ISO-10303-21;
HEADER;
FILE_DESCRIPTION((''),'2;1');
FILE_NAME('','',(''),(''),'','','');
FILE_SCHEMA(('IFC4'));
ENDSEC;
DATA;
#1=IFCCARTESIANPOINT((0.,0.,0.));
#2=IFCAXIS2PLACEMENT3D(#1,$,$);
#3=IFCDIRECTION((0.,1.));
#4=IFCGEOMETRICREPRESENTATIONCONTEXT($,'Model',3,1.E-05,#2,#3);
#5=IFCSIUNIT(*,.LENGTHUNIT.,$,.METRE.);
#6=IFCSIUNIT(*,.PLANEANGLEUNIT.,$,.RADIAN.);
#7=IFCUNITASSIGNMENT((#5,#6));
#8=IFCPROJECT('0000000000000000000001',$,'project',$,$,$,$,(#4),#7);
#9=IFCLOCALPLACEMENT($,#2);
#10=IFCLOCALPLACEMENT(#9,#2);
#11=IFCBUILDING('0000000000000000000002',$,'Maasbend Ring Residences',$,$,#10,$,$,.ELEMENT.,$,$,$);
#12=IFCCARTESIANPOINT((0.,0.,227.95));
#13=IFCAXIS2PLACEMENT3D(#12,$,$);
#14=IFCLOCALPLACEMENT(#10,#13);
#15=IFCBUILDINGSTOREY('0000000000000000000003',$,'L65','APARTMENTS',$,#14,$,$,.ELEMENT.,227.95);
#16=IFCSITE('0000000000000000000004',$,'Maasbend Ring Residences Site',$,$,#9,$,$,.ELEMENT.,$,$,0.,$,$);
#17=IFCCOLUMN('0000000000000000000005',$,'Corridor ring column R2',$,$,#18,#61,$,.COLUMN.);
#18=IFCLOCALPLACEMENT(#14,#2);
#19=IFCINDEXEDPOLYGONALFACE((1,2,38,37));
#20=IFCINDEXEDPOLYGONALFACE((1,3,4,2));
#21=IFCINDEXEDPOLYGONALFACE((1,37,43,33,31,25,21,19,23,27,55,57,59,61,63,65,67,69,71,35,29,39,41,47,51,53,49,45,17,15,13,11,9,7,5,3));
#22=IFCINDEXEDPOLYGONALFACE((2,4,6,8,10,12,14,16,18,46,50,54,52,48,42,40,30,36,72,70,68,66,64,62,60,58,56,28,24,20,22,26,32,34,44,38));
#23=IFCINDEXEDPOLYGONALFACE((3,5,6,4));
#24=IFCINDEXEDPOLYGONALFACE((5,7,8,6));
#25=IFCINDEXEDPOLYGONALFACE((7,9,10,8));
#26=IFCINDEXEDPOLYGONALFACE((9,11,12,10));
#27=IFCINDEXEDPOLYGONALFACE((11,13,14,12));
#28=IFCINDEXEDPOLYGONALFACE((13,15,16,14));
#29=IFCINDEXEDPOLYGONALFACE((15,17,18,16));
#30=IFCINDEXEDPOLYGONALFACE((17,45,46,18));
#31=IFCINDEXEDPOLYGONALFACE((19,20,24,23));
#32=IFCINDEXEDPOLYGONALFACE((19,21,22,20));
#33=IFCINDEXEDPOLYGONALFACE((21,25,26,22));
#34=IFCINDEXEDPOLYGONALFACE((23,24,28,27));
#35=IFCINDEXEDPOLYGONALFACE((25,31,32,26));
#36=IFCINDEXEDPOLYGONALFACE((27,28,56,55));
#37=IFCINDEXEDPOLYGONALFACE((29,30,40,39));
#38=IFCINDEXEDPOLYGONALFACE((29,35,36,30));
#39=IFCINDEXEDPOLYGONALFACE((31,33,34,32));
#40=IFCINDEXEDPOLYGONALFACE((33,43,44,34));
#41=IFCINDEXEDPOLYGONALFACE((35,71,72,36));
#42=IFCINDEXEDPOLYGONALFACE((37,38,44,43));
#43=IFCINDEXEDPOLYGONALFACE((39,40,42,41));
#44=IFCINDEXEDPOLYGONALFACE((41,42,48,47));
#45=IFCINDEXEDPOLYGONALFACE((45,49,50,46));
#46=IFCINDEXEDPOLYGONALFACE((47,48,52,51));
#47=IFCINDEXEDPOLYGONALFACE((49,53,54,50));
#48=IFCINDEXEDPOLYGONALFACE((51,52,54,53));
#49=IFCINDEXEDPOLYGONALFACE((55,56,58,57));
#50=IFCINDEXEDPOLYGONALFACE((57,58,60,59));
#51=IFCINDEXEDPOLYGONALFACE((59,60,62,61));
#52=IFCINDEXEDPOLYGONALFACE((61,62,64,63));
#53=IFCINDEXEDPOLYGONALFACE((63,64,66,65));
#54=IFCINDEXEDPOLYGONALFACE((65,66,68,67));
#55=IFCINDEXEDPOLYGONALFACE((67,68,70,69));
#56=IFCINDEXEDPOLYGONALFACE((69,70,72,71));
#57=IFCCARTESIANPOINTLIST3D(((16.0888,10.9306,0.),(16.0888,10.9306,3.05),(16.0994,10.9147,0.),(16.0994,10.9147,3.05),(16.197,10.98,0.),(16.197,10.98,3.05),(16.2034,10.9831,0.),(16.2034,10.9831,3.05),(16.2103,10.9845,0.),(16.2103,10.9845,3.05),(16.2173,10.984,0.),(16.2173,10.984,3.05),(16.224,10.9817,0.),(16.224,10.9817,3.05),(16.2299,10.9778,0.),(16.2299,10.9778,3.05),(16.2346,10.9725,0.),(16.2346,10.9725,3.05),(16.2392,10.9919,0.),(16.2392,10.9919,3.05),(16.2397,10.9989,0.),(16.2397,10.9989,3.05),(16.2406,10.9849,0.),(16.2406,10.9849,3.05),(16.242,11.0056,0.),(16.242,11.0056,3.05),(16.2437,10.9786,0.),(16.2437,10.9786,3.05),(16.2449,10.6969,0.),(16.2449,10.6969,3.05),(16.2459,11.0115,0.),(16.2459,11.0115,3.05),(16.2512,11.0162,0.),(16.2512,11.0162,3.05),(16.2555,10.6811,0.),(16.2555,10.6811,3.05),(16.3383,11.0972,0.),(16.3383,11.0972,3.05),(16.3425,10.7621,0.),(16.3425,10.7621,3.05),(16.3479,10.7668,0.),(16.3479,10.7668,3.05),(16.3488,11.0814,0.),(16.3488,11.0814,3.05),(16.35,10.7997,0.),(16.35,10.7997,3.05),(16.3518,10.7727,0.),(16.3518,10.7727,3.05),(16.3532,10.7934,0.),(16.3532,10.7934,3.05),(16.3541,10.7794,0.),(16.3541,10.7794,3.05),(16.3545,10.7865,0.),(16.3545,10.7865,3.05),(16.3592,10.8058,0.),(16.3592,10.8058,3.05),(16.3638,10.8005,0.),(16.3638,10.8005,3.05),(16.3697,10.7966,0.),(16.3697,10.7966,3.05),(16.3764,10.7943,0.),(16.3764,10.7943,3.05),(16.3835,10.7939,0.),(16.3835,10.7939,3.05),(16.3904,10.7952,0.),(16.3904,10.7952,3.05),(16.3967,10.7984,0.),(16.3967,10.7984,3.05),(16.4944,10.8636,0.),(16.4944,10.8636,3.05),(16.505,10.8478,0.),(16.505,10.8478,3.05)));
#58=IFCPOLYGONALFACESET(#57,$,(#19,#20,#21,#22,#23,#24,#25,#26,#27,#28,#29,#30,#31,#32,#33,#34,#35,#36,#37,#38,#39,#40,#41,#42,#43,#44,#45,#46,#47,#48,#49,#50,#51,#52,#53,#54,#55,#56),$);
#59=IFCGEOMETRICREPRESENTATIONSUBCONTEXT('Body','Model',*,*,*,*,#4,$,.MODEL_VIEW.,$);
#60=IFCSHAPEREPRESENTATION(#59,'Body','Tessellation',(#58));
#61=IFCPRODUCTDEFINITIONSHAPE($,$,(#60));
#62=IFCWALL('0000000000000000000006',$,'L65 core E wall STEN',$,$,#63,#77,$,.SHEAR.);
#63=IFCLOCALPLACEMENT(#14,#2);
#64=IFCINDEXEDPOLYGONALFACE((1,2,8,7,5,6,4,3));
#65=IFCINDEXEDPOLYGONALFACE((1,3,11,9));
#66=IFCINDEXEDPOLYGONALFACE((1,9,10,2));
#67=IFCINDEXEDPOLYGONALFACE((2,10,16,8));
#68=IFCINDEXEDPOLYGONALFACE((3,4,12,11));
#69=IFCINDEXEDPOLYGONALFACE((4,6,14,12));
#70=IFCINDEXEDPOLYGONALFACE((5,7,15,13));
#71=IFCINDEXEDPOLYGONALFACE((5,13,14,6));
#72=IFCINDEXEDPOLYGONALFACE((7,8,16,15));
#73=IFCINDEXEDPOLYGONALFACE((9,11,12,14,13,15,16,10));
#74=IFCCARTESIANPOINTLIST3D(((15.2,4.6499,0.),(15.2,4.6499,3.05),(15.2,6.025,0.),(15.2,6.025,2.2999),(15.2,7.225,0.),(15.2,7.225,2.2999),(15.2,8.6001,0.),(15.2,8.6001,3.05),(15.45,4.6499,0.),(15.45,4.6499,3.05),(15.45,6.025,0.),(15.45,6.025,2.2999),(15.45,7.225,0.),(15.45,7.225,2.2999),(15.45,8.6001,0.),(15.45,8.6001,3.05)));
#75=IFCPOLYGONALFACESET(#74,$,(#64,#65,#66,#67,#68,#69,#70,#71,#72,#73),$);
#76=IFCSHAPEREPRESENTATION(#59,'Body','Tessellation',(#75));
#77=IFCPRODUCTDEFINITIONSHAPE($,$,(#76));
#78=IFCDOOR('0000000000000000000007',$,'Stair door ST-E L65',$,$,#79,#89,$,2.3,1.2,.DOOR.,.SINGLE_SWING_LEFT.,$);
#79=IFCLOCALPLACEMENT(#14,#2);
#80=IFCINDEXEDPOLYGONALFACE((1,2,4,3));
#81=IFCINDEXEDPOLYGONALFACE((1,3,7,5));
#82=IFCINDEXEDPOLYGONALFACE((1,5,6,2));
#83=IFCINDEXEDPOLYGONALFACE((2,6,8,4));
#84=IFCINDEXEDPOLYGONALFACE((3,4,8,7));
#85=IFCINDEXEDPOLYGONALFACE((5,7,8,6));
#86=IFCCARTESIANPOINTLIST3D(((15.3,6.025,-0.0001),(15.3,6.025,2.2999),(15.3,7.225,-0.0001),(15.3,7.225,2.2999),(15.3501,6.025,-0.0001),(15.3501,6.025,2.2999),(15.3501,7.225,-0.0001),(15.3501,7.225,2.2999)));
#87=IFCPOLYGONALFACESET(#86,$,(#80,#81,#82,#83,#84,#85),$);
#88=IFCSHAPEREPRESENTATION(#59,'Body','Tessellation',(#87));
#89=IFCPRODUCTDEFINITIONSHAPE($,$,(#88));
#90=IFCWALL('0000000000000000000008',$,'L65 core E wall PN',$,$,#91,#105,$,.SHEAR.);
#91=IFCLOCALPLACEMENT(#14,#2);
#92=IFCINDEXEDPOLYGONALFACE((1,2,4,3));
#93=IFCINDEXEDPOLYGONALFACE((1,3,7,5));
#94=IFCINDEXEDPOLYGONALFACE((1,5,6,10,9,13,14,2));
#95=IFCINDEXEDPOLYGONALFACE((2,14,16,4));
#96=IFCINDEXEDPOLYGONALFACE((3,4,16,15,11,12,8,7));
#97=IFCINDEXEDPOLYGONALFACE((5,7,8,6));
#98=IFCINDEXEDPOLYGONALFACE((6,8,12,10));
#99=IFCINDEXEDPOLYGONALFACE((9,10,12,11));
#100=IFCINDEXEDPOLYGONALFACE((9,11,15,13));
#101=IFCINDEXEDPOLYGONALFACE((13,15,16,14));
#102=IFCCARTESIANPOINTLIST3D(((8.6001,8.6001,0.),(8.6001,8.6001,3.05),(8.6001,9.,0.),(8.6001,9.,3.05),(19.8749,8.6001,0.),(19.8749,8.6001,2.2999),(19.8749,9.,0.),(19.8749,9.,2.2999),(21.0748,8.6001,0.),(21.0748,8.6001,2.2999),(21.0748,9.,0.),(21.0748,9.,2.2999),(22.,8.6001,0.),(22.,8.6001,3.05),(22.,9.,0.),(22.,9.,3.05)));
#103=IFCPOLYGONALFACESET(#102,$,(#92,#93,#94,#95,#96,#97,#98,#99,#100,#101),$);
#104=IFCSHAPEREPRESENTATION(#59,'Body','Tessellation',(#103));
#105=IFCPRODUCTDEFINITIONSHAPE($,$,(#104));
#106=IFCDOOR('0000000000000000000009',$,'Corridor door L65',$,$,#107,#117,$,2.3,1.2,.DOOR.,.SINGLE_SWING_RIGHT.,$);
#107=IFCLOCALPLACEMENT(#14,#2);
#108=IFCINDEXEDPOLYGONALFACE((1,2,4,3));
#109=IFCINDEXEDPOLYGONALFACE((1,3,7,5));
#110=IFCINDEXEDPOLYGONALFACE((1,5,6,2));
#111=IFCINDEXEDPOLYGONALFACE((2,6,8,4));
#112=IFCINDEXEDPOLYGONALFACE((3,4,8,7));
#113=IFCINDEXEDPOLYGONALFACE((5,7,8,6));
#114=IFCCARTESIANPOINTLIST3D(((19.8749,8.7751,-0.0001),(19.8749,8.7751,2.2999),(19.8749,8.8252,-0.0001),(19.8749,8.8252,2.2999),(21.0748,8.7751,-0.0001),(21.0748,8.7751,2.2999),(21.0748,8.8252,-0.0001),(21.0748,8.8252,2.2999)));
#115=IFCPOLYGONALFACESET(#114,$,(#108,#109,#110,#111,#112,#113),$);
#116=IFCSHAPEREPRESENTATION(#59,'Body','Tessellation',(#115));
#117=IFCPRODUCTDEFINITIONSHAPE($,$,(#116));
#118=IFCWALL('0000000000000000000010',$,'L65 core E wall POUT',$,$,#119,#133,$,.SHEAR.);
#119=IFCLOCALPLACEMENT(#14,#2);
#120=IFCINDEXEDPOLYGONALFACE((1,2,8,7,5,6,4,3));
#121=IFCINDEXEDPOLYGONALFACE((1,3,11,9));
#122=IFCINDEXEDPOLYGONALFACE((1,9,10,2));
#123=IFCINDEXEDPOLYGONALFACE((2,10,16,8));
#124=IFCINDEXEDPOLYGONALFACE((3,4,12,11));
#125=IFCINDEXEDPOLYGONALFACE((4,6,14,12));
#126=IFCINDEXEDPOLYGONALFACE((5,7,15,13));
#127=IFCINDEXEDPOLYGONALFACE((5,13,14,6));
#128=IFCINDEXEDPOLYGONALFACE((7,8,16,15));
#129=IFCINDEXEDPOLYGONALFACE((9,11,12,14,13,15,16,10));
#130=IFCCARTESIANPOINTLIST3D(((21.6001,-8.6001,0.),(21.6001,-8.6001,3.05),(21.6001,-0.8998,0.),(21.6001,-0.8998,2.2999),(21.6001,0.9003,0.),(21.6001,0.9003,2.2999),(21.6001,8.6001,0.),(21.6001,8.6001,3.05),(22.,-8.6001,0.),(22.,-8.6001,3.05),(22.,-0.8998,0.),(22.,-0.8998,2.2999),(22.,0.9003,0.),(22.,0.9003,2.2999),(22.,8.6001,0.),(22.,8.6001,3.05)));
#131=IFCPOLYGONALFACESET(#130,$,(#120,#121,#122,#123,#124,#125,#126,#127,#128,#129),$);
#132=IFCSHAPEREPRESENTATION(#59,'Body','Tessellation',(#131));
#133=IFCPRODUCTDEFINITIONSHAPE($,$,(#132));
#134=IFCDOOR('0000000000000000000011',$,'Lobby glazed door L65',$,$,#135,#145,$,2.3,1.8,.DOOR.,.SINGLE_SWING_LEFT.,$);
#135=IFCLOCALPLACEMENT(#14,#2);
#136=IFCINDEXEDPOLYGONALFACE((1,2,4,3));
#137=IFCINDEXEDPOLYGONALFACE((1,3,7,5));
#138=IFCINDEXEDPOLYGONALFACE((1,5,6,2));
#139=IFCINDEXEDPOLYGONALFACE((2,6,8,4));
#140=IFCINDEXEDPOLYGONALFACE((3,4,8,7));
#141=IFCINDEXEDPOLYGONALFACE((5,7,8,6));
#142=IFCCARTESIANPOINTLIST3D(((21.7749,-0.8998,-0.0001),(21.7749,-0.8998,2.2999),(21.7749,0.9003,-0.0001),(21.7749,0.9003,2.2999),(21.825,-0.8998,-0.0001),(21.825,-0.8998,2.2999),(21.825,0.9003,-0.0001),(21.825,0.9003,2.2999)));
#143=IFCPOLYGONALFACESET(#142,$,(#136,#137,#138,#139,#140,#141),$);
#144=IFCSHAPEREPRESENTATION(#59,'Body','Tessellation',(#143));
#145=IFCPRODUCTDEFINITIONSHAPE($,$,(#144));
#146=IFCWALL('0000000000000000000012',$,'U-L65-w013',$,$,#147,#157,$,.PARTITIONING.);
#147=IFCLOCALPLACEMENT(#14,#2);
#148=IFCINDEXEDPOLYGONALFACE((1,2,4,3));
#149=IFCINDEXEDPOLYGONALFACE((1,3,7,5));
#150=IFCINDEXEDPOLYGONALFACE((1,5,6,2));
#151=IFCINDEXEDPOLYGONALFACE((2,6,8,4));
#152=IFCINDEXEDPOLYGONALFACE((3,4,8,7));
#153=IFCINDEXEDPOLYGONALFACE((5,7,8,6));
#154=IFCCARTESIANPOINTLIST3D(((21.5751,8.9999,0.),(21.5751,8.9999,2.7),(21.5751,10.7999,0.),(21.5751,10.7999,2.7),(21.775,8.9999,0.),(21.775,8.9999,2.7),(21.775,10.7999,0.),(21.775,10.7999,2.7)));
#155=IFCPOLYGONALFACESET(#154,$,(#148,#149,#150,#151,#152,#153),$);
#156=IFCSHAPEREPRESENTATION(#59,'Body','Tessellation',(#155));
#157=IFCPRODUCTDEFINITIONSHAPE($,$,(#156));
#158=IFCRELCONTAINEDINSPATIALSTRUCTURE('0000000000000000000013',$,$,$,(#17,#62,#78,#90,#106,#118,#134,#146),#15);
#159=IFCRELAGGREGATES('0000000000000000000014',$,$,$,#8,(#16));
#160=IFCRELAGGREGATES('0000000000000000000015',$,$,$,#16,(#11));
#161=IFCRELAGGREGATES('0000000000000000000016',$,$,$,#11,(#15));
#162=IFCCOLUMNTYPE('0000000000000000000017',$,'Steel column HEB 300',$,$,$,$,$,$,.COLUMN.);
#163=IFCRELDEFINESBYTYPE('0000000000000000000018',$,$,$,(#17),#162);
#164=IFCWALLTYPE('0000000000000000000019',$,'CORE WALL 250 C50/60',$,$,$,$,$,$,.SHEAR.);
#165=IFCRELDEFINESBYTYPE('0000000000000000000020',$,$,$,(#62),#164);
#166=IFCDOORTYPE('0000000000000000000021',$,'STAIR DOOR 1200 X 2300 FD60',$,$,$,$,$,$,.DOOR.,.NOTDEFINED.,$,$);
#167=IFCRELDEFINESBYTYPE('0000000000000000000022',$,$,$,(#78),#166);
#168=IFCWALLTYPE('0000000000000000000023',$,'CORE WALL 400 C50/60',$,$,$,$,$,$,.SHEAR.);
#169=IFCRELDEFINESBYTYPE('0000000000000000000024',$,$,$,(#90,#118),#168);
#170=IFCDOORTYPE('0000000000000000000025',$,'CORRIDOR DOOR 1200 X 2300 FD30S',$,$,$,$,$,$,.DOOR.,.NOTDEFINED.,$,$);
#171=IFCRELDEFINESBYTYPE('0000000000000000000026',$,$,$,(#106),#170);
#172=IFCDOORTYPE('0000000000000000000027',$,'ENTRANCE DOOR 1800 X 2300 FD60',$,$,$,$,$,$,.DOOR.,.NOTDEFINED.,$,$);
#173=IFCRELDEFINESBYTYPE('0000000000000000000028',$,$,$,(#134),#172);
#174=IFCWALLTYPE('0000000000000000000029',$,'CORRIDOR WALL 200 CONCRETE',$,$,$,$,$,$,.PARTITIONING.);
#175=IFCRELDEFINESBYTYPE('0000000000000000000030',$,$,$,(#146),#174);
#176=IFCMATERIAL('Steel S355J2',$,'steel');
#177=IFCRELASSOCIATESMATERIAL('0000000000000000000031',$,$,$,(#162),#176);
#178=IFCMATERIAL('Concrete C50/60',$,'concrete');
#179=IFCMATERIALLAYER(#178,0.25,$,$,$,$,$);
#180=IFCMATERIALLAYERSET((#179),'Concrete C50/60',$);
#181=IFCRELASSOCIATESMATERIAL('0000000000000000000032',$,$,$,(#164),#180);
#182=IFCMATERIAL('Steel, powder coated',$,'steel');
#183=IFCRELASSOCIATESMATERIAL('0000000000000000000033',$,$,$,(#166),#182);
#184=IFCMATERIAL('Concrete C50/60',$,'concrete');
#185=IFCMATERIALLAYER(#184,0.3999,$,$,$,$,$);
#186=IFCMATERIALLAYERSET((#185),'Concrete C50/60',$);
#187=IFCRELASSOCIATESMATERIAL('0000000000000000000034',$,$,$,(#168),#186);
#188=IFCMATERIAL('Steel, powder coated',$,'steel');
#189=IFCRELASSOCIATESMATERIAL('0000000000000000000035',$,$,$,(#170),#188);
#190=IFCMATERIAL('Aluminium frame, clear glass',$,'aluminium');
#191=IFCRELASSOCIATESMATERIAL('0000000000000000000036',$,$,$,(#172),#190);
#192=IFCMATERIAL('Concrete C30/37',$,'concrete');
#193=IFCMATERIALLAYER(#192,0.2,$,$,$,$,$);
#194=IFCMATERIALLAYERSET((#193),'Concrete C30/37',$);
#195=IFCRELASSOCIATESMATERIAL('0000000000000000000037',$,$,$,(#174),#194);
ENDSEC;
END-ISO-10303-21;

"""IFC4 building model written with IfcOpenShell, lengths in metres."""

from ifc_helpers import new_model, si_unit, direction, frame, frame_2d, origin, origin_2d, place, context, subcontext, project, spatial, rectangle, i_section, extrude, material, layer, layer_set, material_profile, profile_set, type_object, element, fill, save


model = new_model("IFC4")

# Units and contexts
model_context = context("Model", 3, precision=1e-05, world=origin(), true_north=direction((0.0, 1.0)))
body_context = subcontext(model_context, "Body", "Model", "MODEL_VIEW")
ifc_project = project(units=[si_unit("LENGTHUNIT", "METRE"), si_unit("PLANEANGLEUNIT", "RADIAN")], contexts=[model_context])

# Site, building, storey
site_placement = place(None, origin())
site = spatial("IfcSite", under=ifc_project, at=site_placement, Name="Maasbend Ring Residences Site", CompositionType="ELEMENT", RefElevation=0.0)
building_placement = place(site_placement, origin())
building = spatial("IfcBuilding", under=site, at=building_placement, Name="Maasbend Ring Residences", CompositionType="ELEMENT")
storey_placement = place(building_placement, frame((0.0, 0.0, 227.95)))
storey = spatial("IfcBuildingStorey", under=building, at=storey_placement, Name="L65", Description="APARTMENTS", CompositionType="ELEMENT", Elevation=227.95)

# Column
ifc_material_1 = material(Name="Steel S355J2", Category="steel")
ifc_material_profile = material_profile(ifc_material_1, i_section(OverallWidth=0.3, OverallDepth=0.3, WebThickness=0.011, FlangeThickness=0.019, FilletRadius=0.0271, at=origin_2d()), Name="HEB 300")
ifc_profile_set = profile_set([ifc_material_profile], Name="Steel S355J2")
column_type = type_object("IfcColumnType", Name="Steel column HEB 300", PredefinedType="COLUMN", material=ifc_profile_set)
column_placement = place(storey_placement, frame((16.2969, 10.8892, 0.0), z_axis=(0.0, 0.0, 1.0), x_axis=(0.83147, 0.55557, 0.0)))
element("IfcColumn", 1, at=column_placement, inside=storey, type_object=column_type, Name="Corridor ring column R2", PredefinedType="COLUMN", context=body_context, shape_type="SweptSolid", body=[
    extrude(i_section(OverallWidth=0.3, OverallDepth=0.3, WebThickness=0.011, FlangeThickness=0.019, FilletRadius=0.0271, at=origin_2d()), origin(), (0.0, 0.0, 1.0), 3.05),
])

# Walls, openings, doors
ifc_material_2 = material(Name="Concrete C50/60", Category="concrete")
ifc_layer_1 = layer(ifc_material_2, 0.25)
ifc_layer_set_1 = layer_set([ifc_layer_1], Name="Concrete C50/60")
wall_type_1 = type_object("IfcWallType", Name="CORE WALL 250 C50/60", PredefinedType="SHEAR", material=ifc_layer_set_1)
wall_1_placement = place(storey_placement, frame((15.325, 4.6499, 0.0), z_axis=(0.0, 0.0, 1.0), x_axis=(0.0, 1.0, 0.0)))
wall_1 = element("IfcWall", 2, at=wall_1_placement, inside=storey, type_object=wall_type_1, Name="L65 core E wall STEN", PredefinedType="SHEAR", context=body_context, shape_type="SweptSolid", body=[
    extrude(rectangle(XDim=3.9502, YDim=0.25, at=frame_2d((1.9751, 0.0))), origin(), (0.0, 0.0, 1.0), 3.05),
])
opening_1_placement = place(wall_1_placement, frame((1.375, 0.0, 0.0)))
opening_1 = element("IfcOpeningElement", 3, at=opening_1_placement, cuts=wall_1, PredefinedType="OPENING", context=body_context, shape_type="SweptSolid", body=[
    extrude(rectangle(XDim=1.2, YDim=2.3, at=frame_2d((0.6001, 1.1499))), frame((0.0, 0.135, 0.0), z_axis=(0.0, -1.0, 0.0), x_axis=(1.0, 0.0, 0.0)), (0.0, 0.0, 1.0), 0.27),
])
ifc_material_3 = material(Name="Steel, powder coated", Category="steel")
door_type_1 = type_object("IfcDoorType", Name="STAIR DOOR 1200 X 2300 FD60", OperationType="NOTDEFINED", PredefinedType="DOOR", material=ifc_material_3)
door_1_placement = place(opening_1_placement, origin())
door_1 = element("IfcDoor", 4, at=door_1_placement, inside=storey, type_object=door_type_1, Name="Stair door ST-E L65", OperationType="SINGLE_SWING_LEFT", OverallHeight=2.3, OverallWidth=1.2, PredefinedType="DOOR", context=body_context, shape_type="SweptSolid", body=[
    extrude(rectangle(XDim=1.2, YDim=2.3, at=frame_2d((0.6001, 1.1499))), frame((0.0, 0.0249, 0.0), z_axis=(0.0, -1.0, 0.0), x_axis=(1.0, 0.0, 0.0)), (0.0, 0.0, 1.0), 0.05),
])
fill(opening_1, door_1)
ifc_material_4 = material(Name="Concrete C50/60", Category="concrete")
ifc_layer_2 = layer(ifc_material_4, 0.3999)
ifc_layer_set_2 = layer_set([ifc_layer_2], Name="Concrete C50/60")
wall_type_2 = type_object("IfcWallType", Name="CORE WALL 400 C50/60", PredefinedType="SHEAR", material=ifc_layer_set_2)
wall_2_placement = place(storey_placement, frame((22.0, 8.8, 0.0), z_axis=(0.0, 0.0, 1.0), x_axis=(-1.0, 0.0, 0.0)))
wall_2 = element("IfcWall", 5, at=wall_2_placement, inside=storey, type_object=wall_type_2, Name="L65 core E wall PN", PredefinedType="SHEAR", context=body_context, shape_type="SweptSolid", body=[
    extrude(rectangle(XDim=13.3999, YDim=0.3999, at=frame_2d((6.7, 0.0))), origin(), (0.0, 0.0, 1.0), 3.05),
])
opening_2_placement = place(wall_2_placement, frame((0.925, 0.0, 0.0)))
opening_2 = element("IfcOpeningElement", 6, at=opening_2_placement, cuts=wall_2, PredefinedType="OPENING", context=body_context, shape_type="SweptSolid", body=[
    extrude(rectangle(XDim=1.2, YDim=2.3, at=frame_2d((0.6001, 1.1499))), frame((0.0, 0.21, 0.0), z_axis=(0.0, -1.0, 0.0), x_axis=(1.0, 0.0, 0.0)), (0.0, 0.0, 1.0), 0.4199),
])
ifc_material_5 = material(Name="Steel, powder coated", Category="steel")
door_type_2 = type_object("IfcDoorType", Name="CORRIDOR DOOR 1200 X 2300 FD30S", OperationType="NOTDEFINED", PredefinedType="DOOR", material=ifc_material_5)
door_2_placement = place(opening_2_placement, origin())
door_2 = element("IfcDoor", 7, at=door_2_placement, inside=storey, type_object=door_type_2, Name="Corridor door L65", OperationType="SINGLE_SWING_RIGHT", OverallHeight=2.3, OverallWidth=1.2, PredefinedType="DOOR", context=body_context, shape_type="SweptSolid", body=[
    extrude(rectangle(XDim=1.2, YDim=2.3, at=frame_2d((0.6001, 1.1499))), frame((0.0, 0.0249, 0.0), z_axis=(0.0, -1.0, 0.0), x_axis=(1.0, 0.0, 0.0)), (0.0, 0.0, 1.0), 0.05),
])
fill(opening_2, door_2)
wall_3_placement = place(storey_placement, frame((21.8, 8.6001, 0.0), z_axis=(0.0, 0.0, 1.0), x_axis=(0.0, -1.0, 0.0)))
wall_3 = element("IfcWall", 8, at=wall_3_placement, inside=storey, type_object=wall_type_2, Name="L65 core E wall POUT", PredefinedType="SHEAR", context=body_context, shape_type="SweptSolid", body=[
    extrude(rectangle(XDim=17.2002, YDim=0.3999, at=frame_2d((8.6001, 0.0))), origin(), (0.0, 0.0, 1.0), 3.05),
])
opening_3_placement = place(wall_3_placement, frame((7.7, 0.0, 0.0)))
opening_3 = element("IfcOpeningElement", 9, at=opening_3_placement, cuts=wall_3, PredefinedType="OPENING", context=body_context, shape_type="SweptSolid", body=[
    extrude(rectangle(XDim=1.8, YDim=2.3, at=frame_2d((0.8999, 1.1499))), frame((0.0, 0.21, 0.0), z_axis=(0.0, -1.0, 0.0), x_axis=(1.0, 0.0, 0.0)), (0.0, 0.0, 1.0), 0.4199),
])
ifc_material_6 = material(Name="Aluminium frame, clear glass", Category="aluminium")
door_type_3 = type_object("IfcDoorType", Name="ENTRANCE DOOR 1800 X 2300 FD60", OperationType="NOTDEFINED", PredefinedType="DOOR", material=ifc_material_6)
door_3_placement = place(opening_3_placement, origin())
door_3 = element("IfcDoor", 10, at=door_3_placement, inside=storey, type_object=door_type_3, Name="Lobby glazed door L65", OperationType="SINGLE_SWING_LEFT", OverallHeight=2.3, OverallWidth=1.8, PredefinedType="DOOR", context=body_context, shape_type="SweptSolid", body=[
    extrude(rectangle(XDim=1.8, YDim=2.3, at=frame_2d((0.8999, 1.1499))), frame((0.0, 0.0249, 0.0), z_axis=(0.0, -1.0, 0.0), x_axis=(1.0, 0.0, 0.0)), (0.0, 0.0, 1.0), 0.05),
])
fill(opening_3, door_3)

# Wall
ifc_material_7 = material(Name="Concrete C30/37", Category="concrete")
ifc_layer_3 = layer(ifc_material_7, 0.2)
ifc_layer_set_3 = layer_set([ifc_layer_3], Name="Concrete C30/37")
wall_type_3 = type_object("IfcWallType", Name="CORRIDOR WALL 200 CONCRETE", PredefinedType="PARTITIONING", material=ifc_layer_set_3)
wall_4_placement = place(storey_placement, frame((21.675, 9.0, 0.0), z_axis=(0.0, 0.0, 1.0), x_axis=(0.0, 1.0, 0.0)))
element("IfcWall", 11, at=wall_4_placement, inside=storey, type_object=wall_type_3, Name="U-L65-w013", PredefinedType="PARTITIONING", context=body_context, shape_type="SweptSolid", body=[
    extrude(rectangle(XDim=1.8, YDim=0.2, at=frame_2d((0.8999, 0.0))), origin(), (0.0, 0.0, 1.0), 2.7),
])

save(model, "model.ifc")
